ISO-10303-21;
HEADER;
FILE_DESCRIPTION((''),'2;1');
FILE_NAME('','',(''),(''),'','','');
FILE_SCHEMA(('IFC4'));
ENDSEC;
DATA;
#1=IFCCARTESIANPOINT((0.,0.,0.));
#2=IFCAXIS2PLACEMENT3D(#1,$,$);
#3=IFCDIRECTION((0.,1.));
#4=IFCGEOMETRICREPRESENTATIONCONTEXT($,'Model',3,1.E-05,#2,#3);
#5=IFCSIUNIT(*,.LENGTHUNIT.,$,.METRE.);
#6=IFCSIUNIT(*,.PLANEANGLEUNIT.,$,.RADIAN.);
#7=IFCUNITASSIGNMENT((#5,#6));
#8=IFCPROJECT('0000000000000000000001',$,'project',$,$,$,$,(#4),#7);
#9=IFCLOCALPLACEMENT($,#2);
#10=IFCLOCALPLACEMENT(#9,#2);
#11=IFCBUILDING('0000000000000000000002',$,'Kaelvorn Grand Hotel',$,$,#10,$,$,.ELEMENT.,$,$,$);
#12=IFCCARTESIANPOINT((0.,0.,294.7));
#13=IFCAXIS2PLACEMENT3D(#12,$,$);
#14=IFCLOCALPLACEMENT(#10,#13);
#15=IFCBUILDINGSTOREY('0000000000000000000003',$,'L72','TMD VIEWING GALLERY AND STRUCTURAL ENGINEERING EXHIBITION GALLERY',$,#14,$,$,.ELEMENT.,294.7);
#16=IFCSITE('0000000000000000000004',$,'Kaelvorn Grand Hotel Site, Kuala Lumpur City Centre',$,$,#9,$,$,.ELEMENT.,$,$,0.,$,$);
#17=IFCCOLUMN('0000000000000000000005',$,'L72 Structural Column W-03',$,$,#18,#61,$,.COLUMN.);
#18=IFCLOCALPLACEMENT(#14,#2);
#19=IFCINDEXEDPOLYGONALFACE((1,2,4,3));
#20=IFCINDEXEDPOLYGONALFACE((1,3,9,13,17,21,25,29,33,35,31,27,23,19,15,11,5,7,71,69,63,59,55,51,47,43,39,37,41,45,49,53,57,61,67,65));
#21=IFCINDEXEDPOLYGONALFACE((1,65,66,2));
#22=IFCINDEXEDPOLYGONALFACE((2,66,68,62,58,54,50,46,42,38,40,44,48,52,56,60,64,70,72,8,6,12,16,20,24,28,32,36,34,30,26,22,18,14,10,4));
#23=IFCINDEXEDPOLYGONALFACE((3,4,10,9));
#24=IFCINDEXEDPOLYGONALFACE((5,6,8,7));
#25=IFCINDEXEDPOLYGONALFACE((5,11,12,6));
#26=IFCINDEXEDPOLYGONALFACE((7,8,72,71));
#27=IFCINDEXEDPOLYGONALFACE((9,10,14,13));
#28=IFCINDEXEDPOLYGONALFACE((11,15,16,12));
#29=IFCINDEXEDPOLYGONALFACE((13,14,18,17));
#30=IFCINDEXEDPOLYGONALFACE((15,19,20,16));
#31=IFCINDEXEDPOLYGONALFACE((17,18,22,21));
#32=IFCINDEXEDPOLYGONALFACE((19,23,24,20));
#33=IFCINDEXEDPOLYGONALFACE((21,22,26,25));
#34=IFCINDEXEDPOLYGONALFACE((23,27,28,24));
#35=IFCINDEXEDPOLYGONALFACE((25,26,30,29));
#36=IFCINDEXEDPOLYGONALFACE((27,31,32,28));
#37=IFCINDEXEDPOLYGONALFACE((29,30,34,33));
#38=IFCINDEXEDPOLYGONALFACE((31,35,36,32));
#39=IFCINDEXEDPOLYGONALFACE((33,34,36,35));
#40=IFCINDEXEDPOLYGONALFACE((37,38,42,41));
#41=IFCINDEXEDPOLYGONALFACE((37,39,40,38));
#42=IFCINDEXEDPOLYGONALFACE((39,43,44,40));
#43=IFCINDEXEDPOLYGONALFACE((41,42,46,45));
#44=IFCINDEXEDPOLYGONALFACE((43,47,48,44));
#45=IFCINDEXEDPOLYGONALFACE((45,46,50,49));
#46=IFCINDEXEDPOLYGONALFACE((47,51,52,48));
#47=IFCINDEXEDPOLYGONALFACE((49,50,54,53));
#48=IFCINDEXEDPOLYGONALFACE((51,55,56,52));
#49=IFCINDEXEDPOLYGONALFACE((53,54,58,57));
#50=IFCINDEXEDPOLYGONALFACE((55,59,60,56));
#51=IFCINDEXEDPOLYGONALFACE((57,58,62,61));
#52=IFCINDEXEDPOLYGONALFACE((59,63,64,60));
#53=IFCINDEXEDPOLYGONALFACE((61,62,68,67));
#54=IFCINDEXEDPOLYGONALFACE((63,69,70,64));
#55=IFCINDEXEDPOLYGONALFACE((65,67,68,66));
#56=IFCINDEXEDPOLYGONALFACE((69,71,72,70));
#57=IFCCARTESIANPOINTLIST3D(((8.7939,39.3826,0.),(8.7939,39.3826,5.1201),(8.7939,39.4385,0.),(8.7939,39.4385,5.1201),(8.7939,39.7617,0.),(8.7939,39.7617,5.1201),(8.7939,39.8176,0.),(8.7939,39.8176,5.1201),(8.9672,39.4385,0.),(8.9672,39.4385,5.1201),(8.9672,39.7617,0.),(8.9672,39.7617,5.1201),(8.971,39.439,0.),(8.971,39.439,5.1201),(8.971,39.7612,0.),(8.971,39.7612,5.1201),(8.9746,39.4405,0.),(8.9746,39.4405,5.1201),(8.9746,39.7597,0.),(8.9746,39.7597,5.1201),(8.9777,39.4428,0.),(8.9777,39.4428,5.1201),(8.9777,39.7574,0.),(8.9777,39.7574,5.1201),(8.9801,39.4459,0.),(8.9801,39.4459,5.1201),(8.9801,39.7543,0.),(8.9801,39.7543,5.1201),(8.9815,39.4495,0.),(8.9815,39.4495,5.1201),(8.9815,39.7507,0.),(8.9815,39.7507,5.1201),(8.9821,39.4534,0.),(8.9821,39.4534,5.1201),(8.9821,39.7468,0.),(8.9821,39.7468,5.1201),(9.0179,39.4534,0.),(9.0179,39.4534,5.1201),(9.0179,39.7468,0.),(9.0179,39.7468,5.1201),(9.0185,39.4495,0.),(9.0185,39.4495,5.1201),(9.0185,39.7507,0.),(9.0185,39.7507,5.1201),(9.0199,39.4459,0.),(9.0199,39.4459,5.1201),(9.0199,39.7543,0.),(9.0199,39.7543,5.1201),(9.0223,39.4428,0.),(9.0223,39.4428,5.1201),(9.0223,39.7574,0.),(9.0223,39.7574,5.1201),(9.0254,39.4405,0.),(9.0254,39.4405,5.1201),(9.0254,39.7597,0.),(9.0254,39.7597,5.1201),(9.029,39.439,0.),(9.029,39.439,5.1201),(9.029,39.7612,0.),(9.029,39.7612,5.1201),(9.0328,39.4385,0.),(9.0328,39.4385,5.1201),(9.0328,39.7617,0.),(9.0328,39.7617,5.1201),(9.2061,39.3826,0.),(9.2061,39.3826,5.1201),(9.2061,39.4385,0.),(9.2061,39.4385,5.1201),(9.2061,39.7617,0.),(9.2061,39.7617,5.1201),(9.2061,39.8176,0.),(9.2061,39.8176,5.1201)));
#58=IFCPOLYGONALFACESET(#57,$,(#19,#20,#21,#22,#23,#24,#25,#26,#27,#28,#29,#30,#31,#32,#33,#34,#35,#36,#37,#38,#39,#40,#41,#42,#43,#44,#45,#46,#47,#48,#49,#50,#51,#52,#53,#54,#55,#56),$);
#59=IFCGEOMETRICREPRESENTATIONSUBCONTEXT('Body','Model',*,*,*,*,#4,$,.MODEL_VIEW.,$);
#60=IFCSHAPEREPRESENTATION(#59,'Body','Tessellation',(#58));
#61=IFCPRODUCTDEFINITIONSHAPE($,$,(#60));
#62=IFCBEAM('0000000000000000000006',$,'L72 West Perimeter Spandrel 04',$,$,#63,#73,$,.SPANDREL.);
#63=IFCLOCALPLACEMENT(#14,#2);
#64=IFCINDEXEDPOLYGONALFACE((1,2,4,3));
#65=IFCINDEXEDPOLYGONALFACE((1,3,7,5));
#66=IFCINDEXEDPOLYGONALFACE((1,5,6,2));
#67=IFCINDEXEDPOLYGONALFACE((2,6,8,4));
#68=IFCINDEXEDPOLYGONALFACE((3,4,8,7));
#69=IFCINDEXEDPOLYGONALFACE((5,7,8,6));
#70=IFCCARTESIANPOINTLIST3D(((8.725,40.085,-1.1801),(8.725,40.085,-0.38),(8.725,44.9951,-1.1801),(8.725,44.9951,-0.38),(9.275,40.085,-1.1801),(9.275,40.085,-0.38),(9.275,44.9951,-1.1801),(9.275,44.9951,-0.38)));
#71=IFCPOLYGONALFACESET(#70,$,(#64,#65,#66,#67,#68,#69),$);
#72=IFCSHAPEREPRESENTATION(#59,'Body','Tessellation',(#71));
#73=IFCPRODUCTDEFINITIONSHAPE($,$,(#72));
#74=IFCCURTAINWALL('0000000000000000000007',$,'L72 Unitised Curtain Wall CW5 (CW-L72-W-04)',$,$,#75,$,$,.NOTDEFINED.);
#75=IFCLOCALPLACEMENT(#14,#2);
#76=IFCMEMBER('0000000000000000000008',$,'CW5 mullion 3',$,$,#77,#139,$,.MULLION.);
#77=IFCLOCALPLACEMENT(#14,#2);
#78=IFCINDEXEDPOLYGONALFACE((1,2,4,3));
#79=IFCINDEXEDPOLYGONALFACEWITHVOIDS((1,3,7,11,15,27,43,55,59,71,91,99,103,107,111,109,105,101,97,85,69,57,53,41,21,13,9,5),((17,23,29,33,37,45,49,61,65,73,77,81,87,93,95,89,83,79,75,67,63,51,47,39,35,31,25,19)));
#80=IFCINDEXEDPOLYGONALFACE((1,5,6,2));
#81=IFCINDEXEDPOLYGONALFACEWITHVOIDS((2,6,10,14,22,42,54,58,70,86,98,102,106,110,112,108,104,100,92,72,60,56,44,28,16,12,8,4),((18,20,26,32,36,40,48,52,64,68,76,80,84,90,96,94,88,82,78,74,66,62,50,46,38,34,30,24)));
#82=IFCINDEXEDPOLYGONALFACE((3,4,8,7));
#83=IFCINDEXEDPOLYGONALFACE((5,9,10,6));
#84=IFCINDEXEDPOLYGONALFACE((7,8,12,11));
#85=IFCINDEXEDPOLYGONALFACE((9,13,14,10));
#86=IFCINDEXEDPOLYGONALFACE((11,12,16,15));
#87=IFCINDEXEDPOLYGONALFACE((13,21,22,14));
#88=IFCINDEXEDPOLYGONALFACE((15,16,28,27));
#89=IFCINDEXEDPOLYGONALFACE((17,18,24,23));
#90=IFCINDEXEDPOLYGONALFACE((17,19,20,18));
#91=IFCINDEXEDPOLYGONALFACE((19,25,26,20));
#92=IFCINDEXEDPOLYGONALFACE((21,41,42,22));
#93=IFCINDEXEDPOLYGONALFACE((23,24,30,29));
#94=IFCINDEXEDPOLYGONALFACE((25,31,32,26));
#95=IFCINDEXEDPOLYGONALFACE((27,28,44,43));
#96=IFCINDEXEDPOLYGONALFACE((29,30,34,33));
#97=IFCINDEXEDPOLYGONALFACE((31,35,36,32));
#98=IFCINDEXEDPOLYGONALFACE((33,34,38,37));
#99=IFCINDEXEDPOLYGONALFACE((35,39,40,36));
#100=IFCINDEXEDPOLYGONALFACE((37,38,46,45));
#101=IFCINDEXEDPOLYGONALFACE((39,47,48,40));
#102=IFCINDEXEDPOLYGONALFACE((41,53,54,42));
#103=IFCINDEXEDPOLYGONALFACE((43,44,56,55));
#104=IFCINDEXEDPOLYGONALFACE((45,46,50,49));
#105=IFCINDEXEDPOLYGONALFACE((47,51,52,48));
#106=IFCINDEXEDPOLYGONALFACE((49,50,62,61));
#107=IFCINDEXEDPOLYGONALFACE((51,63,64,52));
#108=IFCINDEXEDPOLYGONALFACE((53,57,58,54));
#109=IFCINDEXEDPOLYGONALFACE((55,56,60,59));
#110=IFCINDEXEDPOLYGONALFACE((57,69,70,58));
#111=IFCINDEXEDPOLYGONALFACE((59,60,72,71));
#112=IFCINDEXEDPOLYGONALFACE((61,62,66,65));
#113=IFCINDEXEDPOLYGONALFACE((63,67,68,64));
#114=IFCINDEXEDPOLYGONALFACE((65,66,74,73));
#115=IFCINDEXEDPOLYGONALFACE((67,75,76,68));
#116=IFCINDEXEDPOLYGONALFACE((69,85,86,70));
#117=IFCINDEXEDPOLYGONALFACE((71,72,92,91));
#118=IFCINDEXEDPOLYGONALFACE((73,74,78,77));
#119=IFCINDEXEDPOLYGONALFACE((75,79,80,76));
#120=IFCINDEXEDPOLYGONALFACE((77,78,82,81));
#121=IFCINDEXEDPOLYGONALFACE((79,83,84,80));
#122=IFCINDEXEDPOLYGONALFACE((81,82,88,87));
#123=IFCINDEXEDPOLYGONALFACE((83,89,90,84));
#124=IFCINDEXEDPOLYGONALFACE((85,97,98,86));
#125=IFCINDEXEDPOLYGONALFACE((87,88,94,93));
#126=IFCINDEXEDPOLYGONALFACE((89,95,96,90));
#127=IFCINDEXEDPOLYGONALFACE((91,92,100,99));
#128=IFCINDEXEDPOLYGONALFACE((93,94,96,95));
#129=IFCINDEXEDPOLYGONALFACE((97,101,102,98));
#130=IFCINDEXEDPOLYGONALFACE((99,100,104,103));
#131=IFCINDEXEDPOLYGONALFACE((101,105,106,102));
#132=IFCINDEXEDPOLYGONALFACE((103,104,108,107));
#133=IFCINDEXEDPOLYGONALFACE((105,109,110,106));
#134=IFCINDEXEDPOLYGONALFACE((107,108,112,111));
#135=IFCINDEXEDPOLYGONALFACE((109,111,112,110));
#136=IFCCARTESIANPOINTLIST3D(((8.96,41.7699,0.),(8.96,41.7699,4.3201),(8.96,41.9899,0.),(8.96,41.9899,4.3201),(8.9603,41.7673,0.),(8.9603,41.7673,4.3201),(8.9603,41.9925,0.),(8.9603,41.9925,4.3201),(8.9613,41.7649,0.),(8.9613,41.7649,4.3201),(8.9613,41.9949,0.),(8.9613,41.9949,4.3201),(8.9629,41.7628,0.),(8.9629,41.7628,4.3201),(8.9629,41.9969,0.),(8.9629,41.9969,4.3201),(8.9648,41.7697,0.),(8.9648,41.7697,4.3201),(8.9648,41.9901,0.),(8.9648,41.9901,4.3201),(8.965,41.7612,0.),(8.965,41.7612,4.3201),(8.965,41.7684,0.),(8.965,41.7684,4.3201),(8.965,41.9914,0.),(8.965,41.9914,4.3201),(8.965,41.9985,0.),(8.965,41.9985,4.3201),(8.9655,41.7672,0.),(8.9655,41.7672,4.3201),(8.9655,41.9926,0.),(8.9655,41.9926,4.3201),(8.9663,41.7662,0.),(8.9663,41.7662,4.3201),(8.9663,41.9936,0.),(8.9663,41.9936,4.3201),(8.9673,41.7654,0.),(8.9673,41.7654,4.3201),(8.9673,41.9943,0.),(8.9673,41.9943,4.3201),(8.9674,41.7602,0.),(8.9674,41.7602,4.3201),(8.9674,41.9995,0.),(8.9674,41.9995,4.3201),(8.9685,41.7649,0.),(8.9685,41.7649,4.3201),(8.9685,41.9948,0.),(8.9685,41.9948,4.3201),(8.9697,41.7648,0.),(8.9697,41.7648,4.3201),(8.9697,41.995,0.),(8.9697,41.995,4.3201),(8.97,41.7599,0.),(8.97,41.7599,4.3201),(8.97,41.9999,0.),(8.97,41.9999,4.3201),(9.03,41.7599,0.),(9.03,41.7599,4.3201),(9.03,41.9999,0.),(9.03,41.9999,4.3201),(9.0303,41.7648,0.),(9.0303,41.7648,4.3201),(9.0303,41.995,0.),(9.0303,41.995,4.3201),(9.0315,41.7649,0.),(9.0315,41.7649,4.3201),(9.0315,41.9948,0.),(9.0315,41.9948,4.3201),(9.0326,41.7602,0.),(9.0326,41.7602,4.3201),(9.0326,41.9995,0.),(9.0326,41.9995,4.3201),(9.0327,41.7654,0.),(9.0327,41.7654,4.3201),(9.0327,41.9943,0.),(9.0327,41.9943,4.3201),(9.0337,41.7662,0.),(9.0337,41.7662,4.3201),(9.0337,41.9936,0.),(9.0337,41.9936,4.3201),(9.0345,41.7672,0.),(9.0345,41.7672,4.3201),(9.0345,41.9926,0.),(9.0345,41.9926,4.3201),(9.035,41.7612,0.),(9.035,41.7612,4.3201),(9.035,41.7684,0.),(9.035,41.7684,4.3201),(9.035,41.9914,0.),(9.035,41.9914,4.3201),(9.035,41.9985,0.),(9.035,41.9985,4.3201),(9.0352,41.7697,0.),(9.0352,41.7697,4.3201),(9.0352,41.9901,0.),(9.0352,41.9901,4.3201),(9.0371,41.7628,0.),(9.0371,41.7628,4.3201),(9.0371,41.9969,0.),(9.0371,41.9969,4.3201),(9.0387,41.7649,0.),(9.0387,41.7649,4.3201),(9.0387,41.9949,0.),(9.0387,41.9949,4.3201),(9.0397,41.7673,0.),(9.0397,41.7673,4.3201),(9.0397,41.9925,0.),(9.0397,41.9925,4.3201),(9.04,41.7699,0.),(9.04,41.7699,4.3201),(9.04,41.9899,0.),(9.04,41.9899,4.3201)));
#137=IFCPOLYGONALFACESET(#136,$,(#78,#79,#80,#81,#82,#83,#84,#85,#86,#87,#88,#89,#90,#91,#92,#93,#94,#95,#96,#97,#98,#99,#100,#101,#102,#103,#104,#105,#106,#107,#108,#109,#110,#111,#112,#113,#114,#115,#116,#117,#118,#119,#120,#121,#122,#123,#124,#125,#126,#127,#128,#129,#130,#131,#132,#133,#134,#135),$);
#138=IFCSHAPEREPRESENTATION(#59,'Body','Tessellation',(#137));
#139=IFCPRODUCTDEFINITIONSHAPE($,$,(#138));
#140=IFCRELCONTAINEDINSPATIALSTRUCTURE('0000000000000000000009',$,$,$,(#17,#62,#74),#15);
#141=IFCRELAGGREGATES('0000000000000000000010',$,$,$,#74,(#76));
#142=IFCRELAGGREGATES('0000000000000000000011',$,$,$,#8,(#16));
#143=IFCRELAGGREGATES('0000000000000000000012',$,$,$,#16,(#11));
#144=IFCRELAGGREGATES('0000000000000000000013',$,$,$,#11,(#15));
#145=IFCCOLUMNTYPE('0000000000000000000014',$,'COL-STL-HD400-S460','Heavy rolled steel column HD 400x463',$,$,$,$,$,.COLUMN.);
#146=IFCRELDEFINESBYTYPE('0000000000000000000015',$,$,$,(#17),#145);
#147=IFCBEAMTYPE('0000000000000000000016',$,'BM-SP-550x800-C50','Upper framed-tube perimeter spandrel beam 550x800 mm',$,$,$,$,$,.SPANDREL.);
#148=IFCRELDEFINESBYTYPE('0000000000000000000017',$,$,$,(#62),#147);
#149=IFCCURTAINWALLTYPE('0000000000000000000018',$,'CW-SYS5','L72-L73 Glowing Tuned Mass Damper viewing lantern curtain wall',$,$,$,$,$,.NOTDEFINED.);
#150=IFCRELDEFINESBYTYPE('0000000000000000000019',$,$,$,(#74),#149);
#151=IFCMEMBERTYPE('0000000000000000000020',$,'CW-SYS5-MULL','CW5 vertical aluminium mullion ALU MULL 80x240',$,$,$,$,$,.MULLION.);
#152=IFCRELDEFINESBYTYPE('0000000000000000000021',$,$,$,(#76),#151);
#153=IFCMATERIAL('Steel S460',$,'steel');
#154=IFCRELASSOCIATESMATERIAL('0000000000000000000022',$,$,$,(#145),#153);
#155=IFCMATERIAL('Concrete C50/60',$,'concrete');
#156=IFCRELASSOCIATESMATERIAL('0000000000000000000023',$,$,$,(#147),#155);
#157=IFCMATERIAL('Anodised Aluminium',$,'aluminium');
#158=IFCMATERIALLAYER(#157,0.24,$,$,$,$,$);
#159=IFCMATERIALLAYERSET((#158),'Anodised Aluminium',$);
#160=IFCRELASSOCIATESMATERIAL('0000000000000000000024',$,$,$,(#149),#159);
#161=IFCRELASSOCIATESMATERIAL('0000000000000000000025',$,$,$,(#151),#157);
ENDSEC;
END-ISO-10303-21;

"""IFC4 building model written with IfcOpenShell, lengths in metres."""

from ifc_helpers import new_model, si_unit, direction, frame, origin, origin_2d, place, context, subcontext, project, spatial, rectangle, hollow_rectangle, i_section, extrude, material, layer, layer_set, material_profile, profile_set, type_object, element, aggregate, save


model = new_model("IFC4")

# Units and contexts
model_context = context("Model", 3, precision=1e-05, world=origin(), true_north=direction((0.0, 1.0)))
body_context = subcontext(model_context, "Body", "Model", "MODEL_VIEW")
ifc_project = project(units=[si_unit("LENGTHUNIT", "METRE"), si_unit("PLANEANGLEUNIT", "RADIAN")], contexts=[model_context])

# Site, building, storey
site_placement = place(None, origin())
site = spatial("IfcSite", under=ifc_project, at=site_placement, Name="Kaelvorn Grand Hotel Site, Kuala Lumpur City Centre", CompositionType="ELEMENT", RefElevation=0.0)
building_placement = place(site_placement, origin())
building = spatial("IfcBuilding", under=site, at=building_placement, Name="Kaelvorn Grand Hotel", CompositionType="ELEMENT")
storey_placement = place(building_placement, frame((0.0, 0.0, 294.7)))
storey = spatial("IfcBuildingStorey", under=building, at=storey_placement, Name="L72", Description="TMD VIEWING GALLERY AND STRUCTURAL ENGINEERING EXHIBITION GALLERY", CompositionType="ELEMENT", Elevation=294.7)

# Column
ifc_material_1 = material(Name="Steel S460", Category="steel")
ifc_material_profile_1 = material_profile(ifc_material_1, i_section(OverallWidth=0.4121, OverallDepth=0.4351, WebThickness=0.0359, FlangeThickness=0.0559, FilletRadius=0.0149, at=origin_2d()), Name="HD 400x463")
ifc_profile_set_1 = profile_set([ifc_material_profile_1], Name="Steel S460")
column_type = type_object("IfcColumnType", Name="COL-STL-HD400-S460", Description="Heavy rolled steel column HD 400x463", PredefinedType="COLUMN", material=ifc_profile_set_1)
column_placement = place(storey_placement, frame((9.0, 39.6001, 0.0), z_axis=(0.0, 0.0, 1.0), x_axis=(1.0, 0.0, 0.0)))
element("IfcColumn", 1, at=column_placement, inside=storey, type_object=column_type, Name="L72 Structural Column W-03", PredefinedType="COLUMN", context=body_context, shape_type="SweptSolid", body=[
    extrude(i_section(OverallWidth=0.4121, OverallDepth=0.4351, WebThickness=0.0359, FlangeThickness=0.0559, FilletRadius=0.0149, at=origin_2d()), origin(), (0.0, 0.0, 1.0), 5.1201),
])

# Beam
ifc_material_2 = material(Name="Concrete C50/60", Category="concrete")
ifc_material_profile_2 = material_profile(ifc_material_2, rectangle(XDim=0.55, YDim=0.8, at=origin_2d()), Name="RC SPANDREL 550x800")
ifc_profile_set_2 = profile_set([ifc_material_profile_2], Name="Concrete C50/60")
beam_type = type_object("IfcBeamType", Name="BM-SP-550x800-C50", Description="Upper framed-tube perimeter spandrel beam 550x800 mm", PredefinedType="SPANDREL", material=ifc_profile_set_2)
beam_placement = place(storey_placement, frame((9.0, 40.085, -0.78), z_axis=(0.0, 1.0, 0.0), x_axis=(-1.0, 0.0, 0.0)))
element("IfcBeam", 2, at=beam_placement, inside=storey, type_object=beam_type, Name="L72 West Perimeter Spandrel 04", PredefinedType="SPANDREL", context=body_context, shape_type="SweptSolid", body=[
    extrude(rectangle(XDim=0.55, YDim=0.8, at=origin_2d()), origin(), (0.0, 0.0, 1.0), 4.9102),
])

# Curtain wall, member
ifc_material_3 = material(Name="Anodised Aluminium", Category="aluminium")
ifc_layer_1 = layer(ifc_material_3, 0.24)
ifc_layer_set_1 = layer_set([ifc_layer_1], Name="Anodised Aluminium")
curtain_wall_type = type_object("IfcCurtainWallType", Name="CW-SYS5", Description="L72-L73 Glowing Tuned Mass Damper viewing lantern curtain wall", PredefinedType="NOTDEFINED", material=ifc_layer_set_1)
curtain_wall_1_placement = place(storey_placement, origin())
curtain_wall_1 = element("IfcCurtainWall", 3, at=curtain_wall_1_placement, inside=storey, type_object=curtain_wall_type, Name="L72 Unitised Curtain Wall CW5 (CW-L72-W-04)", PredefinedType="NOTDEFINED")
ifc_material_profile_3 = material_profile(ifc_material_3, hollow_rectangle(XDim=0.0801, YDim=0.24, WallThickness=0.0049, InnerFilletRadius=0.0049, OuterFilletRadius=0.01, at=origin_2d()), Name="ALU MULL 80x240")
ifc_profile_set_3 = profile_set([ifc_material_profile_3], Name="Anodised Aluminium")
member_type_1 = type_object("IfcMemberType", Name="CW-SYS5-MULL", Description="CW5 vertical aluminium mullion ALU MULL 80x240", PredefinedType="MULLION", material=ifc_profile_set_3)
member_1_placement = place(storey_placement, frame((9.0, 41.8799, 0.0), z_axis=(0.0, 0.0, 1.0), x_axis=(1.0, 0.0, 0.0)))
member_1 = element("IfcMember", 4, at=member_1_placement, type_object=member_type_1, Name="CW5 mullion 3", PredefinedType="MULLION", context=body_context, shape_type="SweptSolid", body=[
    extrude(hollow_rectangle(XDim=0.0801, YDim=0.24, WallThickness=0.0049, InnerFilletRadius=0.0049, OuterFilletRadius=0.01, at=origin_2d()), origin(), (0.0, 0.0, 1.0), 4.3201),
])

aggregate(curtain_wall_1, [member_1])

save(model, "model.ifc")
